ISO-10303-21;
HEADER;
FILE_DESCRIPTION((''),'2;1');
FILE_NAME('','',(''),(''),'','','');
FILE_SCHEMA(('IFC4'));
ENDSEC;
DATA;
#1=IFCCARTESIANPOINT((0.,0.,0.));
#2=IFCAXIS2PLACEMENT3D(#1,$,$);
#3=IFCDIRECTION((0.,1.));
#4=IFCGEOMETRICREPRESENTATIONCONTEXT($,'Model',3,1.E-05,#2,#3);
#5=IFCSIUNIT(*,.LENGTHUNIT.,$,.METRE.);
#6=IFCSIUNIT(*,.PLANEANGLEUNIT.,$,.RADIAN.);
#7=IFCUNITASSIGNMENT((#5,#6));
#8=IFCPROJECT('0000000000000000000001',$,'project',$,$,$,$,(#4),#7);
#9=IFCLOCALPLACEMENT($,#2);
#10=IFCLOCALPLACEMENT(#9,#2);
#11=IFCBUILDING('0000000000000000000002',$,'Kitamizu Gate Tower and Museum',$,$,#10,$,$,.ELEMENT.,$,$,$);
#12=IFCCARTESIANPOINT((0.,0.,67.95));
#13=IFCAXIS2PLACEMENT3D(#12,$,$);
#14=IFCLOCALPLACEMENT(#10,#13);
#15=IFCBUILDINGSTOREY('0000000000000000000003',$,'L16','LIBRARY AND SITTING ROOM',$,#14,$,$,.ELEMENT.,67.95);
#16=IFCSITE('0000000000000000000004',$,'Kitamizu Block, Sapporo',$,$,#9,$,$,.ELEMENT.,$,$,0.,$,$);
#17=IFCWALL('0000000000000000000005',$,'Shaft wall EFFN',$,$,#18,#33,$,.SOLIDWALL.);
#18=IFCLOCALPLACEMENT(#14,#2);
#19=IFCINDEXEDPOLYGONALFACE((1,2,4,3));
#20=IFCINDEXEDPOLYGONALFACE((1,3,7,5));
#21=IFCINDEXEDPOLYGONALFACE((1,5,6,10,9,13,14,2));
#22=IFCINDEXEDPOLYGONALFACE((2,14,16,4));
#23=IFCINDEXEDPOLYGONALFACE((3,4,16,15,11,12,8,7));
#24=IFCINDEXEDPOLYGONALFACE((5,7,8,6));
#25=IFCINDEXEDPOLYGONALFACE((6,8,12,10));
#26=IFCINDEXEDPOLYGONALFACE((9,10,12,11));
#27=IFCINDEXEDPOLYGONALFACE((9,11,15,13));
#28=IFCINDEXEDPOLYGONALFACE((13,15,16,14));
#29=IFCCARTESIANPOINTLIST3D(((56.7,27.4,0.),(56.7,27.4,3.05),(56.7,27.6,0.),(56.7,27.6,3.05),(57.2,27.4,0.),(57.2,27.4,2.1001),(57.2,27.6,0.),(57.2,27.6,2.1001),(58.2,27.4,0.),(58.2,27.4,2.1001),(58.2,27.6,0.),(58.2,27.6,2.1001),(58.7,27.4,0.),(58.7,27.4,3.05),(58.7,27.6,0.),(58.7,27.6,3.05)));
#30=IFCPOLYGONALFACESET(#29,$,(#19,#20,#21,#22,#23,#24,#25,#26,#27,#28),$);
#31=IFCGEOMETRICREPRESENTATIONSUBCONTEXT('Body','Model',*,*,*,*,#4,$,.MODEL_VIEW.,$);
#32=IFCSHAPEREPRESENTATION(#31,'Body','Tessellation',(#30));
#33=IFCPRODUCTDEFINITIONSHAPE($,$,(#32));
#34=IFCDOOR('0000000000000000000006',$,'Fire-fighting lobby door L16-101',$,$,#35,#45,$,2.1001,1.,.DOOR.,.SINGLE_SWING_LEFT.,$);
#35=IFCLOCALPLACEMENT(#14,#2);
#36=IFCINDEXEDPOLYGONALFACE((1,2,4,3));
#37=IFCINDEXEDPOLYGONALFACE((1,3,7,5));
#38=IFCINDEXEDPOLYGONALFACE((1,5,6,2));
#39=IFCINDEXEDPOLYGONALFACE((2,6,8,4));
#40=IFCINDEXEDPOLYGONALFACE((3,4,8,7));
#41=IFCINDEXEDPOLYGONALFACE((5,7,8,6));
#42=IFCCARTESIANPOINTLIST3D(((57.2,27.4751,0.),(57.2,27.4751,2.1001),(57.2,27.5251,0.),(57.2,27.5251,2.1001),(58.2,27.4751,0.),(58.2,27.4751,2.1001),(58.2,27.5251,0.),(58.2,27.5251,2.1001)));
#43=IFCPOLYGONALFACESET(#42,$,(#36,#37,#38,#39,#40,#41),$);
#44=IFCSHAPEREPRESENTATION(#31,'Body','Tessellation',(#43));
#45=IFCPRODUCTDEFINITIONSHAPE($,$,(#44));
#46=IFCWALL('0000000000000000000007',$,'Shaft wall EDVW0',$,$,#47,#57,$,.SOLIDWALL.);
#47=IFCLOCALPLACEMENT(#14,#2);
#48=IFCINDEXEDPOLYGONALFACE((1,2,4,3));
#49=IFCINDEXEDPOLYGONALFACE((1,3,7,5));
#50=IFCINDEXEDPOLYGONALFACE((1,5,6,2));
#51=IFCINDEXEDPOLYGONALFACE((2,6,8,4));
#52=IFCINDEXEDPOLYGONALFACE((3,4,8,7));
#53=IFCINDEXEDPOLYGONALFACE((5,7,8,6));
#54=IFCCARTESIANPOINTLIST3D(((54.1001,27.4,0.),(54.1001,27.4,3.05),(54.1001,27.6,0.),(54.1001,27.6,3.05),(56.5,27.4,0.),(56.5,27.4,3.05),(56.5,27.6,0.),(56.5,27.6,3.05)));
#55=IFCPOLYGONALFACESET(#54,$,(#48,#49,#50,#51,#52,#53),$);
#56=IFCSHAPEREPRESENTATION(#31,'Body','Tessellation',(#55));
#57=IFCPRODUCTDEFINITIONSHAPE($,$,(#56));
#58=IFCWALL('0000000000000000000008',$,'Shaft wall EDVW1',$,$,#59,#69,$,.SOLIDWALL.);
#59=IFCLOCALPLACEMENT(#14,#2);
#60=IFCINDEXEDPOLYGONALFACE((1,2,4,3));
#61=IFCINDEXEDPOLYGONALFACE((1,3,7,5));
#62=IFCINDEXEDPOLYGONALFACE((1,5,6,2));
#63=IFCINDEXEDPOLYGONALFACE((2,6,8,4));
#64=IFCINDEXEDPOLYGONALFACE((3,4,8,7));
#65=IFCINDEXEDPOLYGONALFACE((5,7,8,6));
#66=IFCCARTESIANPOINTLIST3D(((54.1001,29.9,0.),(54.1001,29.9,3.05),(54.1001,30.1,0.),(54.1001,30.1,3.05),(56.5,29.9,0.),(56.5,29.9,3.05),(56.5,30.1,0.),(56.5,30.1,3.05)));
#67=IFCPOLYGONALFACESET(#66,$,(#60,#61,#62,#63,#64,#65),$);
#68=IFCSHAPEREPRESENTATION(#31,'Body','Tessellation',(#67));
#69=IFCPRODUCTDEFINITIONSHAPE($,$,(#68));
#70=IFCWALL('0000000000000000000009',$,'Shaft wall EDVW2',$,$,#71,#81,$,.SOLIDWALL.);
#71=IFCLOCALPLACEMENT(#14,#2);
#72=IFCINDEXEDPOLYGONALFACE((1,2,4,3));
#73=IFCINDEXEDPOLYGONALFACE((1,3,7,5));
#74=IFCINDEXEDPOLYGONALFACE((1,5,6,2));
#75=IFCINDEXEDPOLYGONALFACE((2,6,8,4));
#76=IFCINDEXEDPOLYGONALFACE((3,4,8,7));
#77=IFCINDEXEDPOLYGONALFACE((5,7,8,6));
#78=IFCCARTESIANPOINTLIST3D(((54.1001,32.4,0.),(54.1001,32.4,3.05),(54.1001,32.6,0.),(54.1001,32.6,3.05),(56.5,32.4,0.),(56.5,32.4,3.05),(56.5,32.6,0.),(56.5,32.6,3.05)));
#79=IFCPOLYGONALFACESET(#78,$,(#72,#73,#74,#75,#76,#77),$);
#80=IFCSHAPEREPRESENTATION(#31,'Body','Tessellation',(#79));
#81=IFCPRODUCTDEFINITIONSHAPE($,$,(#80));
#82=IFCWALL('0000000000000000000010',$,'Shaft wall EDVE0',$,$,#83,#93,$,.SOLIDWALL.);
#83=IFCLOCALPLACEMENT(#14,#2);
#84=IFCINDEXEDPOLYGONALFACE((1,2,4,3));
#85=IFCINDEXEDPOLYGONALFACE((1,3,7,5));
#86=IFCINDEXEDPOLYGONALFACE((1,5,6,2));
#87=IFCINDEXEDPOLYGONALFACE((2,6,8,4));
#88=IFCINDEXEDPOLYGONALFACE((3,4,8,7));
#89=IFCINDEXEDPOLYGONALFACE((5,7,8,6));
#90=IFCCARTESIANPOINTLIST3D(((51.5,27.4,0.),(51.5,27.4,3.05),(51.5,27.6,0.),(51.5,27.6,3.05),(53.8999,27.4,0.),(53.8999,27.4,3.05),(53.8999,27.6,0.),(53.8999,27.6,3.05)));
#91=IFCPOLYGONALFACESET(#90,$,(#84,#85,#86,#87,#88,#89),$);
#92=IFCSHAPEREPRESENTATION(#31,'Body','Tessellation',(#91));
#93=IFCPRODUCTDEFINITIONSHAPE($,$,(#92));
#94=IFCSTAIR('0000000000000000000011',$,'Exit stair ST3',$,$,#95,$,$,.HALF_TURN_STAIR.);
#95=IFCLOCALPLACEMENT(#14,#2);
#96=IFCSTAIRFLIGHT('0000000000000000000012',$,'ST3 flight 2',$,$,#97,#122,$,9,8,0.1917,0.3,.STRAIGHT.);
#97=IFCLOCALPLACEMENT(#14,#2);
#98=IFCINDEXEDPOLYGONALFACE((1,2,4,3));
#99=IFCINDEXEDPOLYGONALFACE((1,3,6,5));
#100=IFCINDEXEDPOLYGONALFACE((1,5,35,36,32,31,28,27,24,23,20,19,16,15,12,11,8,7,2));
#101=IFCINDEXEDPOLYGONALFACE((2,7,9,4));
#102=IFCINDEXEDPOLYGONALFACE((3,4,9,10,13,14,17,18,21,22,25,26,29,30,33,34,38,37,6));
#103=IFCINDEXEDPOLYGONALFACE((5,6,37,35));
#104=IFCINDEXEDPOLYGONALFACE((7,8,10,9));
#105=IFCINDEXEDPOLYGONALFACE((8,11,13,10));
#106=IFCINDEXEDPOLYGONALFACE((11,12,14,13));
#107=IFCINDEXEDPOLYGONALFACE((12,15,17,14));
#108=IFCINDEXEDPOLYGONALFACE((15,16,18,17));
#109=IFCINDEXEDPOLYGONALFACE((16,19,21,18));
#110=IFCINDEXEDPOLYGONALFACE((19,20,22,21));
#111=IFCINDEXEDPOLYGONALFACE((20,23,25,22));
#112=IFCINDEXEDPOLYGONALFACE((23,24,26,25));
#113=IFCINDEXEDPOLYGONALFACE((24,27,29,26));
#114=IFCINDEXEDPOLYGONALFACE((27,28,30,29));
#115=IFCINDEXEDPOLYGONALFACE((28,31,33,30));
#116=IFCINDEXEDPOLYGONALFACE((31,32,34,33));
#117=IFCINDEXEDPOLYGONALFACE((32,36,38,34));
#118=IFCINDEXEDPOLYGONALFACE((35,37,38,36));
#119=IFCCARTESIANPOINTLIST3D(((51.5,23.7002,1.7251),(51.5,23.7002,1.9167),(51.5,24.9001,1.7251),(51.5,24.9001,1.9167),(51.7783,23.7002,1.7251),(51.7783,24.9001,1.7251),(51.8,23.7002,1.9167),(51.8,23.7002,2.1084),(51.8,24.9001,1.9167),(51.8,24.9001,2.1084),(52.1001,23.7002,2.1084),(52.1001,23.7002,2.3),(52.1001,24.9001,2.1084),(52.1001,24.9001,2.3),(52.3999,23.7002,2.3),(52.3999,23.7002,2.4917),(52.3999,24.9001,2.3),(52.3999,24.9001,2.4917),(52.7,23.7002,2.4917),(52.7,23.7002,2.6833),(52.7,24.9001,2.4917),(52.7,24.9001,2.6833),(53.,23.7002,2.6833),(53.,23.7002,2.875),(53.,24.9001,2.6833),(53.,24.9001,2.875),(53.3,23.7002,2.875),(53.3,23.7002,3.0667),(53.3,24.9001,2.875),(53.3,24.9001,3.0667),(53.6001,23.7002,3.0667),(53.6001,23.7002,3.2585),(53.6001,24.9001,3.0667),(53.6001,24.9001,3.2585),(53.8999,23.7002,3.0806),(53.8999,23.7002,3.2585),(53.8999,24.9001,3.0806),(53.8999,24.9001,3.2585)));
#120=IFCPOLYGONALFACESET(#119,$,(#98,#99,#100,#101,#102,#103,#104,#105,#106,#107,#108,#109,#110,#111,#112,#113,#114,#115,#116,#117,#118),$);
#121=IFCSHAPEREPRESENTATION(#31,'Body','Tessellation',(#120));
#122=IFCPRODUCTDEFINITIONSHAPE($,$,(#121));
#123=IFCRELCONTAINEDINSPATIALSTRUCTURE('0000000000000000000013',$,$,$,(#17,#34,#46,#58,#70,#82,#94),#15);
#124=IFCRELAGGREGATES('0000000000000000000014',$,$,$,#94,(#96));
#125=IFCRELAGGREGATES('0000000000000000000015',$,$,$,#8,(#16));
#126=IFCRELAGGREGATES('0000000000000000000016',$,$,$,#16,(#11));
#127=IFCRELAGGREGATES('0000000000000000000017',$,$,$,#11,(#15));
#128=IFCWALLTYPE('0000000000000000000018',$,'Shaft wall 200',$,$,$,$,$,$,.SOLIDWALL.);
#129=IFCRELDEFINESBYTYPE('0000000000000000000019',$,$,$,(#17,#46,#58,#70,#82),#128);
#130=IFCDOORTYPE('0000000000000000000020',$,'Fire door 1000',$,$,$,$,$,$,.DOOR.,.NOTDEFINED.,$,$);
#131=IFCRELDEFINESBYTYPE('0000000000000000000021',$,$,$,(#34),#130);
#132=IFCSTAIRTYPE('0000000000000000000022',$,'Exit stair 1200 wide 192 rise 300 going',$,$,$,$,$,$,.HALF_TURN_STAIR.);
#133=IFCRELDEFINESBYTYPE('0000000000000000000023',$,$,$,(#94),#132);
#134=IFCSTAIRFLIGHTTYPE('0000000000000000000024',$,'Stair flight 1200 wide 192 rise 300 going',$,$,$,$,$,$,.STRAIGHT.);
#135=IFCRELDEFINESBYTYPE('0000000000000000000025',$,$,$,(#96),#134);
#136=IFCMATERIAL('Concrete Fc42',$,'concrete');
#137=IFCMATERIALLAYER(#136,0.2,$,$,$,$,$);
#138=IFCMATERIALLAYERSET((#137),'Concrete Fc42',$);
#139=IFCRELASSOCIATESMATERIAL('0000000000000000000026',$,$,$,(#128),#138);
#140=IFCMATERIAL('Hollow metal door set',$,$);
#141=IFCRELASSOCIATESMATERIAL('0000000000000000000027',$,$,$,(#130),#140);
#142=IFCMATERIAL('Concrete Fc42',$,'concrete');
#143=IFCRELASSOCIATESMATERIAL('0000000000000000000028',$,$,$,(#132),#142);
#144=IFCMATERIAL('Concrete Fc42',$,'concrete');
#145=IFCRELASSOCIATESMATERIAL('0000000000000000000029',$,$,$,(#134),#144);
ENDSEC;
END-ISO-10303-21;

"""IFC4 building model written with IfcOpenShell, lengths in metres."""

from ifc_helpers import new_model, si_unit, direction, frame, frame_2d, origin, place, context, subcontext, project, spatial, polyline, rectangle, outline, extrude, material, layer, layer_set, type_object, element, fill, aggregate, save


model = new_model("IFC4")

# Units and contexts
model_context = context("Model", 3, precision=1e-05, world=origin(), true_north=direction((0.0, 1.0)))
body_context = subcontext(model_context, "Body", "Model", "MODEL_VIEW")
ifc_project = project(units=[si_unit("LENGTHUNIT", "METRE"), si_unit("PLANEANGLEUNIT", "RADIAN")], contexts=[model_context])

# Site, building, storey
site_placement = place(None, origin())
site = spatial("IfcSite", under=ifc_project, at=site_placement, Name="Kitamizu Block, Sapporo", CompositionType="ELEMENT", RefElevation=0.0)
building_placement = place(site_placement, origin())
building = spatial("IfcBuilding", under=site, at=building_placement, Name="Kitamizu Gate Tower and Museum", CompositionType="ELEMENT")
storey_placement = place(building_placement, frame((0.0, 0.0, 67.95)))
storey = spatial("IfcBuildingStorey", under=building, at=storey_placement, Name="L16", Description="LIBRARY AND SITTING ROOM", CompositionType="ELEMENT", Elevation=67.95)

# Shared definitions
ifc_material_1 = material(Name="Concrete Fc42", Category="concrete")
ifc_layer_1 = layer(ifc_material_1, 0.2)
ifc_layer_set_1 = layer_set([ifc_layer_1], Name="Concrete Fc42")
wall_type_1 = type_object("IfcWallType", Name="Shaft wall 200", PredefinedType="SOLIDWALL", material=ifc_layer_set_1)
ifc_material_2 = material(Name="Hollow metal door set")
door_type_1 = type_object("IfcDoorType", Name="Fire door 1000", OperationType="NOTDEFINED", PredefinedType="DOOR", material=ifc_material_2)

# Wall, opening, door
wall_1_placement = place(storey_placement, frame((58.7, 27.5, 0.0), z_axis=(0.0, 0.0, 1.0), x_axis=(-1.0, 0.0, 0.0)))
wall_1 = element("IfcWall", 1, at=wall_1_placement, inside=storey, type_object=wall_type_1, Name="Shaft wall EFFN", PredefinedType="SOLIDWALL", context=body_context, shape_type="SweptSolid", body=[
    extrude(rectangle(XDim=2.0, YDim=0.2, at=frame_2d((1.0, 0.0))), origin(), (0.0, 0.0, 1.0), 3.05),
])
opening_1_placement = place(wall_1_placement, frame((0.5, 0.0, 0.0)))
opening_1 = element("IfcOpeningElement", 2, at=opening_1_placement, cuts=wall_1, PredefinedType="OPENING", context=body_context, shape_type="SweptSolid", body=[
    extrude(rectangle(XDim=1.0, YDim=2.1001, at=frame_2d((0.5, 1.05))), frame((0.0, 0.1099, 0.0), z_axis=(0.0, -1.0, 0.0), x_axis=(1.0, 0.0, 0.0)), (0.0, 0.0, 1.0), 0.22),
])
door_1_placement = place(opening_1_placement, origin())
door_1 = element("IfcDoor", 3, at=door_1_placement, inside=storey, type_object=door_type_1, Name="Fire-fighting lobby door L16-101", OperationType="SINGLE_SWING_LEFT", OverallHeight=2.1001, OverallWidth=1.0, PredefinedType="DOOR", context=body_context, shape_type="SweptSolid", body=[
    extrude(rectangle(XDim=1.0, YDim=2.1001, at=frame_2d((0.5, 1.05))), frame((0.0, 0.0249, 0.0), z_axis=(0.0, -1.0, 0.0), x_axis=(1.0, 0.0, 0.0)), (0.0, 0.0, 1.0), 0.05),
])
fill(opening_1, door_1)

# Walls
for number, where, z_axis, x_axis, name in (
    (4, (56.5, 27.5, 0.0), (0.0, 0.0, 1.0), (-1.0, 0.0, 0.0), "Shaft wall EDVW0"),
    (5, (56.5, 30.0, 0.0), (0.0, 0.0, 1.0), (-1.0, 0.0, 0.0), "Shaft wall EDVW1"),
    (6, (56.5, 32.5, 0.0), (0.0, 0.0, 1.0), (-1.0, 0.0, 0.0), "Shaft wall EDVW2"),
    (7, (53.8999, 27.5, 0.0), (0.0, 0.0, 1.0), (-1.0, 0.0, 0.0), "Shaft wall EDVE0"),
):
    element("IfcWall", number, at=place(storey_placement, frame(where, z_axis=z_axis, x_axis=x_axis)), inside=storey, type_object=wall_type_1, Name=name, PredefinedType="SOLIDWALL", context=body_context, shape_type="SweptSolid", body=[
        extrude(rectangle(XDim=2.3999, YDim=0.2, at=frame_2d((1.2, 0.0))), origin(), (0.0, 0.0, 1.0), 3.05),
    ])

# Stair, stair flight
ifc_material_3 = material(Name="Concrete Fc42", Category="concrete")
stair_type = type_object("IfcStairType", Name="Exit stair 1200 wide 192 rise 300 going", PredefinedType="HALF_TURN_STAIR", material=ifc_material_3)
stair_placement = place(storey_placement, origin())
stair = element("IfcStair", 8, at=stair_placement, inside=storey, type_object=stair_type, Name="Exit stair ST3", PredefinedType="HALF_TURN_STAIR")
ifc_material_4 = material(Name="Concrete Fc42", Category="concrete")
stair_flight_type = type_object("IfcStairFlightType", Name="Stair flight 1200 wide 192 rise 300 going", PredefinedType="STRAIGHT", material=ifc_material_4)
stair_flight_placement = place(storey_placement, frame((51.5, 24.3, 1.7251), z_axis=(0.0, 0.0, 1.0), x_axis=(1.0, 0.0, 0.0)))
stair_flight = element("IfcStairFlight", 9, at=stair_flight_placement, type_object=stair_flight_type, Name="ST3 flight 2", NumberOfRisers=9, NumberOfTreads=8, PredefinedType="STRAIGHT", RiserHeight=0.1917, TreadLength=0.3, context=body_context, shape_type="SweptSolid", body=[
    extrude(outline(polyline([(0.0, 0.0), (0.0, 0.1917), (0.3, 0.1917), (0.3, 0.3833), (0.6001, 0.3833), (0.6001, 0.575), (0.8999, 0.575), (0.8999, 0.7666), (1.2, 0.7666), (1.2, 0.9583), (1.5, 0.9583), (1.5, 1.1499), (1.8, 1.1499), (1.8, 1.3416), (2.1001, 1.3416), (2.1001, 1.5334), (2.3999, 1.5334), (2.3999, 1.7251), (2.3999, 1.3555), (0.2783, 0.0), (0.0, 0.0)])), frame((0.0, 0.6001, 0.0), z_axis=(0.0, -1.0, 0.0), x_axis=(1.0, 0.0, 0.0)), (0.0, 0.0, 1.0), 1.2),
])
aggregate(stair, [stair_flight])

save(model, "model.ifc")
